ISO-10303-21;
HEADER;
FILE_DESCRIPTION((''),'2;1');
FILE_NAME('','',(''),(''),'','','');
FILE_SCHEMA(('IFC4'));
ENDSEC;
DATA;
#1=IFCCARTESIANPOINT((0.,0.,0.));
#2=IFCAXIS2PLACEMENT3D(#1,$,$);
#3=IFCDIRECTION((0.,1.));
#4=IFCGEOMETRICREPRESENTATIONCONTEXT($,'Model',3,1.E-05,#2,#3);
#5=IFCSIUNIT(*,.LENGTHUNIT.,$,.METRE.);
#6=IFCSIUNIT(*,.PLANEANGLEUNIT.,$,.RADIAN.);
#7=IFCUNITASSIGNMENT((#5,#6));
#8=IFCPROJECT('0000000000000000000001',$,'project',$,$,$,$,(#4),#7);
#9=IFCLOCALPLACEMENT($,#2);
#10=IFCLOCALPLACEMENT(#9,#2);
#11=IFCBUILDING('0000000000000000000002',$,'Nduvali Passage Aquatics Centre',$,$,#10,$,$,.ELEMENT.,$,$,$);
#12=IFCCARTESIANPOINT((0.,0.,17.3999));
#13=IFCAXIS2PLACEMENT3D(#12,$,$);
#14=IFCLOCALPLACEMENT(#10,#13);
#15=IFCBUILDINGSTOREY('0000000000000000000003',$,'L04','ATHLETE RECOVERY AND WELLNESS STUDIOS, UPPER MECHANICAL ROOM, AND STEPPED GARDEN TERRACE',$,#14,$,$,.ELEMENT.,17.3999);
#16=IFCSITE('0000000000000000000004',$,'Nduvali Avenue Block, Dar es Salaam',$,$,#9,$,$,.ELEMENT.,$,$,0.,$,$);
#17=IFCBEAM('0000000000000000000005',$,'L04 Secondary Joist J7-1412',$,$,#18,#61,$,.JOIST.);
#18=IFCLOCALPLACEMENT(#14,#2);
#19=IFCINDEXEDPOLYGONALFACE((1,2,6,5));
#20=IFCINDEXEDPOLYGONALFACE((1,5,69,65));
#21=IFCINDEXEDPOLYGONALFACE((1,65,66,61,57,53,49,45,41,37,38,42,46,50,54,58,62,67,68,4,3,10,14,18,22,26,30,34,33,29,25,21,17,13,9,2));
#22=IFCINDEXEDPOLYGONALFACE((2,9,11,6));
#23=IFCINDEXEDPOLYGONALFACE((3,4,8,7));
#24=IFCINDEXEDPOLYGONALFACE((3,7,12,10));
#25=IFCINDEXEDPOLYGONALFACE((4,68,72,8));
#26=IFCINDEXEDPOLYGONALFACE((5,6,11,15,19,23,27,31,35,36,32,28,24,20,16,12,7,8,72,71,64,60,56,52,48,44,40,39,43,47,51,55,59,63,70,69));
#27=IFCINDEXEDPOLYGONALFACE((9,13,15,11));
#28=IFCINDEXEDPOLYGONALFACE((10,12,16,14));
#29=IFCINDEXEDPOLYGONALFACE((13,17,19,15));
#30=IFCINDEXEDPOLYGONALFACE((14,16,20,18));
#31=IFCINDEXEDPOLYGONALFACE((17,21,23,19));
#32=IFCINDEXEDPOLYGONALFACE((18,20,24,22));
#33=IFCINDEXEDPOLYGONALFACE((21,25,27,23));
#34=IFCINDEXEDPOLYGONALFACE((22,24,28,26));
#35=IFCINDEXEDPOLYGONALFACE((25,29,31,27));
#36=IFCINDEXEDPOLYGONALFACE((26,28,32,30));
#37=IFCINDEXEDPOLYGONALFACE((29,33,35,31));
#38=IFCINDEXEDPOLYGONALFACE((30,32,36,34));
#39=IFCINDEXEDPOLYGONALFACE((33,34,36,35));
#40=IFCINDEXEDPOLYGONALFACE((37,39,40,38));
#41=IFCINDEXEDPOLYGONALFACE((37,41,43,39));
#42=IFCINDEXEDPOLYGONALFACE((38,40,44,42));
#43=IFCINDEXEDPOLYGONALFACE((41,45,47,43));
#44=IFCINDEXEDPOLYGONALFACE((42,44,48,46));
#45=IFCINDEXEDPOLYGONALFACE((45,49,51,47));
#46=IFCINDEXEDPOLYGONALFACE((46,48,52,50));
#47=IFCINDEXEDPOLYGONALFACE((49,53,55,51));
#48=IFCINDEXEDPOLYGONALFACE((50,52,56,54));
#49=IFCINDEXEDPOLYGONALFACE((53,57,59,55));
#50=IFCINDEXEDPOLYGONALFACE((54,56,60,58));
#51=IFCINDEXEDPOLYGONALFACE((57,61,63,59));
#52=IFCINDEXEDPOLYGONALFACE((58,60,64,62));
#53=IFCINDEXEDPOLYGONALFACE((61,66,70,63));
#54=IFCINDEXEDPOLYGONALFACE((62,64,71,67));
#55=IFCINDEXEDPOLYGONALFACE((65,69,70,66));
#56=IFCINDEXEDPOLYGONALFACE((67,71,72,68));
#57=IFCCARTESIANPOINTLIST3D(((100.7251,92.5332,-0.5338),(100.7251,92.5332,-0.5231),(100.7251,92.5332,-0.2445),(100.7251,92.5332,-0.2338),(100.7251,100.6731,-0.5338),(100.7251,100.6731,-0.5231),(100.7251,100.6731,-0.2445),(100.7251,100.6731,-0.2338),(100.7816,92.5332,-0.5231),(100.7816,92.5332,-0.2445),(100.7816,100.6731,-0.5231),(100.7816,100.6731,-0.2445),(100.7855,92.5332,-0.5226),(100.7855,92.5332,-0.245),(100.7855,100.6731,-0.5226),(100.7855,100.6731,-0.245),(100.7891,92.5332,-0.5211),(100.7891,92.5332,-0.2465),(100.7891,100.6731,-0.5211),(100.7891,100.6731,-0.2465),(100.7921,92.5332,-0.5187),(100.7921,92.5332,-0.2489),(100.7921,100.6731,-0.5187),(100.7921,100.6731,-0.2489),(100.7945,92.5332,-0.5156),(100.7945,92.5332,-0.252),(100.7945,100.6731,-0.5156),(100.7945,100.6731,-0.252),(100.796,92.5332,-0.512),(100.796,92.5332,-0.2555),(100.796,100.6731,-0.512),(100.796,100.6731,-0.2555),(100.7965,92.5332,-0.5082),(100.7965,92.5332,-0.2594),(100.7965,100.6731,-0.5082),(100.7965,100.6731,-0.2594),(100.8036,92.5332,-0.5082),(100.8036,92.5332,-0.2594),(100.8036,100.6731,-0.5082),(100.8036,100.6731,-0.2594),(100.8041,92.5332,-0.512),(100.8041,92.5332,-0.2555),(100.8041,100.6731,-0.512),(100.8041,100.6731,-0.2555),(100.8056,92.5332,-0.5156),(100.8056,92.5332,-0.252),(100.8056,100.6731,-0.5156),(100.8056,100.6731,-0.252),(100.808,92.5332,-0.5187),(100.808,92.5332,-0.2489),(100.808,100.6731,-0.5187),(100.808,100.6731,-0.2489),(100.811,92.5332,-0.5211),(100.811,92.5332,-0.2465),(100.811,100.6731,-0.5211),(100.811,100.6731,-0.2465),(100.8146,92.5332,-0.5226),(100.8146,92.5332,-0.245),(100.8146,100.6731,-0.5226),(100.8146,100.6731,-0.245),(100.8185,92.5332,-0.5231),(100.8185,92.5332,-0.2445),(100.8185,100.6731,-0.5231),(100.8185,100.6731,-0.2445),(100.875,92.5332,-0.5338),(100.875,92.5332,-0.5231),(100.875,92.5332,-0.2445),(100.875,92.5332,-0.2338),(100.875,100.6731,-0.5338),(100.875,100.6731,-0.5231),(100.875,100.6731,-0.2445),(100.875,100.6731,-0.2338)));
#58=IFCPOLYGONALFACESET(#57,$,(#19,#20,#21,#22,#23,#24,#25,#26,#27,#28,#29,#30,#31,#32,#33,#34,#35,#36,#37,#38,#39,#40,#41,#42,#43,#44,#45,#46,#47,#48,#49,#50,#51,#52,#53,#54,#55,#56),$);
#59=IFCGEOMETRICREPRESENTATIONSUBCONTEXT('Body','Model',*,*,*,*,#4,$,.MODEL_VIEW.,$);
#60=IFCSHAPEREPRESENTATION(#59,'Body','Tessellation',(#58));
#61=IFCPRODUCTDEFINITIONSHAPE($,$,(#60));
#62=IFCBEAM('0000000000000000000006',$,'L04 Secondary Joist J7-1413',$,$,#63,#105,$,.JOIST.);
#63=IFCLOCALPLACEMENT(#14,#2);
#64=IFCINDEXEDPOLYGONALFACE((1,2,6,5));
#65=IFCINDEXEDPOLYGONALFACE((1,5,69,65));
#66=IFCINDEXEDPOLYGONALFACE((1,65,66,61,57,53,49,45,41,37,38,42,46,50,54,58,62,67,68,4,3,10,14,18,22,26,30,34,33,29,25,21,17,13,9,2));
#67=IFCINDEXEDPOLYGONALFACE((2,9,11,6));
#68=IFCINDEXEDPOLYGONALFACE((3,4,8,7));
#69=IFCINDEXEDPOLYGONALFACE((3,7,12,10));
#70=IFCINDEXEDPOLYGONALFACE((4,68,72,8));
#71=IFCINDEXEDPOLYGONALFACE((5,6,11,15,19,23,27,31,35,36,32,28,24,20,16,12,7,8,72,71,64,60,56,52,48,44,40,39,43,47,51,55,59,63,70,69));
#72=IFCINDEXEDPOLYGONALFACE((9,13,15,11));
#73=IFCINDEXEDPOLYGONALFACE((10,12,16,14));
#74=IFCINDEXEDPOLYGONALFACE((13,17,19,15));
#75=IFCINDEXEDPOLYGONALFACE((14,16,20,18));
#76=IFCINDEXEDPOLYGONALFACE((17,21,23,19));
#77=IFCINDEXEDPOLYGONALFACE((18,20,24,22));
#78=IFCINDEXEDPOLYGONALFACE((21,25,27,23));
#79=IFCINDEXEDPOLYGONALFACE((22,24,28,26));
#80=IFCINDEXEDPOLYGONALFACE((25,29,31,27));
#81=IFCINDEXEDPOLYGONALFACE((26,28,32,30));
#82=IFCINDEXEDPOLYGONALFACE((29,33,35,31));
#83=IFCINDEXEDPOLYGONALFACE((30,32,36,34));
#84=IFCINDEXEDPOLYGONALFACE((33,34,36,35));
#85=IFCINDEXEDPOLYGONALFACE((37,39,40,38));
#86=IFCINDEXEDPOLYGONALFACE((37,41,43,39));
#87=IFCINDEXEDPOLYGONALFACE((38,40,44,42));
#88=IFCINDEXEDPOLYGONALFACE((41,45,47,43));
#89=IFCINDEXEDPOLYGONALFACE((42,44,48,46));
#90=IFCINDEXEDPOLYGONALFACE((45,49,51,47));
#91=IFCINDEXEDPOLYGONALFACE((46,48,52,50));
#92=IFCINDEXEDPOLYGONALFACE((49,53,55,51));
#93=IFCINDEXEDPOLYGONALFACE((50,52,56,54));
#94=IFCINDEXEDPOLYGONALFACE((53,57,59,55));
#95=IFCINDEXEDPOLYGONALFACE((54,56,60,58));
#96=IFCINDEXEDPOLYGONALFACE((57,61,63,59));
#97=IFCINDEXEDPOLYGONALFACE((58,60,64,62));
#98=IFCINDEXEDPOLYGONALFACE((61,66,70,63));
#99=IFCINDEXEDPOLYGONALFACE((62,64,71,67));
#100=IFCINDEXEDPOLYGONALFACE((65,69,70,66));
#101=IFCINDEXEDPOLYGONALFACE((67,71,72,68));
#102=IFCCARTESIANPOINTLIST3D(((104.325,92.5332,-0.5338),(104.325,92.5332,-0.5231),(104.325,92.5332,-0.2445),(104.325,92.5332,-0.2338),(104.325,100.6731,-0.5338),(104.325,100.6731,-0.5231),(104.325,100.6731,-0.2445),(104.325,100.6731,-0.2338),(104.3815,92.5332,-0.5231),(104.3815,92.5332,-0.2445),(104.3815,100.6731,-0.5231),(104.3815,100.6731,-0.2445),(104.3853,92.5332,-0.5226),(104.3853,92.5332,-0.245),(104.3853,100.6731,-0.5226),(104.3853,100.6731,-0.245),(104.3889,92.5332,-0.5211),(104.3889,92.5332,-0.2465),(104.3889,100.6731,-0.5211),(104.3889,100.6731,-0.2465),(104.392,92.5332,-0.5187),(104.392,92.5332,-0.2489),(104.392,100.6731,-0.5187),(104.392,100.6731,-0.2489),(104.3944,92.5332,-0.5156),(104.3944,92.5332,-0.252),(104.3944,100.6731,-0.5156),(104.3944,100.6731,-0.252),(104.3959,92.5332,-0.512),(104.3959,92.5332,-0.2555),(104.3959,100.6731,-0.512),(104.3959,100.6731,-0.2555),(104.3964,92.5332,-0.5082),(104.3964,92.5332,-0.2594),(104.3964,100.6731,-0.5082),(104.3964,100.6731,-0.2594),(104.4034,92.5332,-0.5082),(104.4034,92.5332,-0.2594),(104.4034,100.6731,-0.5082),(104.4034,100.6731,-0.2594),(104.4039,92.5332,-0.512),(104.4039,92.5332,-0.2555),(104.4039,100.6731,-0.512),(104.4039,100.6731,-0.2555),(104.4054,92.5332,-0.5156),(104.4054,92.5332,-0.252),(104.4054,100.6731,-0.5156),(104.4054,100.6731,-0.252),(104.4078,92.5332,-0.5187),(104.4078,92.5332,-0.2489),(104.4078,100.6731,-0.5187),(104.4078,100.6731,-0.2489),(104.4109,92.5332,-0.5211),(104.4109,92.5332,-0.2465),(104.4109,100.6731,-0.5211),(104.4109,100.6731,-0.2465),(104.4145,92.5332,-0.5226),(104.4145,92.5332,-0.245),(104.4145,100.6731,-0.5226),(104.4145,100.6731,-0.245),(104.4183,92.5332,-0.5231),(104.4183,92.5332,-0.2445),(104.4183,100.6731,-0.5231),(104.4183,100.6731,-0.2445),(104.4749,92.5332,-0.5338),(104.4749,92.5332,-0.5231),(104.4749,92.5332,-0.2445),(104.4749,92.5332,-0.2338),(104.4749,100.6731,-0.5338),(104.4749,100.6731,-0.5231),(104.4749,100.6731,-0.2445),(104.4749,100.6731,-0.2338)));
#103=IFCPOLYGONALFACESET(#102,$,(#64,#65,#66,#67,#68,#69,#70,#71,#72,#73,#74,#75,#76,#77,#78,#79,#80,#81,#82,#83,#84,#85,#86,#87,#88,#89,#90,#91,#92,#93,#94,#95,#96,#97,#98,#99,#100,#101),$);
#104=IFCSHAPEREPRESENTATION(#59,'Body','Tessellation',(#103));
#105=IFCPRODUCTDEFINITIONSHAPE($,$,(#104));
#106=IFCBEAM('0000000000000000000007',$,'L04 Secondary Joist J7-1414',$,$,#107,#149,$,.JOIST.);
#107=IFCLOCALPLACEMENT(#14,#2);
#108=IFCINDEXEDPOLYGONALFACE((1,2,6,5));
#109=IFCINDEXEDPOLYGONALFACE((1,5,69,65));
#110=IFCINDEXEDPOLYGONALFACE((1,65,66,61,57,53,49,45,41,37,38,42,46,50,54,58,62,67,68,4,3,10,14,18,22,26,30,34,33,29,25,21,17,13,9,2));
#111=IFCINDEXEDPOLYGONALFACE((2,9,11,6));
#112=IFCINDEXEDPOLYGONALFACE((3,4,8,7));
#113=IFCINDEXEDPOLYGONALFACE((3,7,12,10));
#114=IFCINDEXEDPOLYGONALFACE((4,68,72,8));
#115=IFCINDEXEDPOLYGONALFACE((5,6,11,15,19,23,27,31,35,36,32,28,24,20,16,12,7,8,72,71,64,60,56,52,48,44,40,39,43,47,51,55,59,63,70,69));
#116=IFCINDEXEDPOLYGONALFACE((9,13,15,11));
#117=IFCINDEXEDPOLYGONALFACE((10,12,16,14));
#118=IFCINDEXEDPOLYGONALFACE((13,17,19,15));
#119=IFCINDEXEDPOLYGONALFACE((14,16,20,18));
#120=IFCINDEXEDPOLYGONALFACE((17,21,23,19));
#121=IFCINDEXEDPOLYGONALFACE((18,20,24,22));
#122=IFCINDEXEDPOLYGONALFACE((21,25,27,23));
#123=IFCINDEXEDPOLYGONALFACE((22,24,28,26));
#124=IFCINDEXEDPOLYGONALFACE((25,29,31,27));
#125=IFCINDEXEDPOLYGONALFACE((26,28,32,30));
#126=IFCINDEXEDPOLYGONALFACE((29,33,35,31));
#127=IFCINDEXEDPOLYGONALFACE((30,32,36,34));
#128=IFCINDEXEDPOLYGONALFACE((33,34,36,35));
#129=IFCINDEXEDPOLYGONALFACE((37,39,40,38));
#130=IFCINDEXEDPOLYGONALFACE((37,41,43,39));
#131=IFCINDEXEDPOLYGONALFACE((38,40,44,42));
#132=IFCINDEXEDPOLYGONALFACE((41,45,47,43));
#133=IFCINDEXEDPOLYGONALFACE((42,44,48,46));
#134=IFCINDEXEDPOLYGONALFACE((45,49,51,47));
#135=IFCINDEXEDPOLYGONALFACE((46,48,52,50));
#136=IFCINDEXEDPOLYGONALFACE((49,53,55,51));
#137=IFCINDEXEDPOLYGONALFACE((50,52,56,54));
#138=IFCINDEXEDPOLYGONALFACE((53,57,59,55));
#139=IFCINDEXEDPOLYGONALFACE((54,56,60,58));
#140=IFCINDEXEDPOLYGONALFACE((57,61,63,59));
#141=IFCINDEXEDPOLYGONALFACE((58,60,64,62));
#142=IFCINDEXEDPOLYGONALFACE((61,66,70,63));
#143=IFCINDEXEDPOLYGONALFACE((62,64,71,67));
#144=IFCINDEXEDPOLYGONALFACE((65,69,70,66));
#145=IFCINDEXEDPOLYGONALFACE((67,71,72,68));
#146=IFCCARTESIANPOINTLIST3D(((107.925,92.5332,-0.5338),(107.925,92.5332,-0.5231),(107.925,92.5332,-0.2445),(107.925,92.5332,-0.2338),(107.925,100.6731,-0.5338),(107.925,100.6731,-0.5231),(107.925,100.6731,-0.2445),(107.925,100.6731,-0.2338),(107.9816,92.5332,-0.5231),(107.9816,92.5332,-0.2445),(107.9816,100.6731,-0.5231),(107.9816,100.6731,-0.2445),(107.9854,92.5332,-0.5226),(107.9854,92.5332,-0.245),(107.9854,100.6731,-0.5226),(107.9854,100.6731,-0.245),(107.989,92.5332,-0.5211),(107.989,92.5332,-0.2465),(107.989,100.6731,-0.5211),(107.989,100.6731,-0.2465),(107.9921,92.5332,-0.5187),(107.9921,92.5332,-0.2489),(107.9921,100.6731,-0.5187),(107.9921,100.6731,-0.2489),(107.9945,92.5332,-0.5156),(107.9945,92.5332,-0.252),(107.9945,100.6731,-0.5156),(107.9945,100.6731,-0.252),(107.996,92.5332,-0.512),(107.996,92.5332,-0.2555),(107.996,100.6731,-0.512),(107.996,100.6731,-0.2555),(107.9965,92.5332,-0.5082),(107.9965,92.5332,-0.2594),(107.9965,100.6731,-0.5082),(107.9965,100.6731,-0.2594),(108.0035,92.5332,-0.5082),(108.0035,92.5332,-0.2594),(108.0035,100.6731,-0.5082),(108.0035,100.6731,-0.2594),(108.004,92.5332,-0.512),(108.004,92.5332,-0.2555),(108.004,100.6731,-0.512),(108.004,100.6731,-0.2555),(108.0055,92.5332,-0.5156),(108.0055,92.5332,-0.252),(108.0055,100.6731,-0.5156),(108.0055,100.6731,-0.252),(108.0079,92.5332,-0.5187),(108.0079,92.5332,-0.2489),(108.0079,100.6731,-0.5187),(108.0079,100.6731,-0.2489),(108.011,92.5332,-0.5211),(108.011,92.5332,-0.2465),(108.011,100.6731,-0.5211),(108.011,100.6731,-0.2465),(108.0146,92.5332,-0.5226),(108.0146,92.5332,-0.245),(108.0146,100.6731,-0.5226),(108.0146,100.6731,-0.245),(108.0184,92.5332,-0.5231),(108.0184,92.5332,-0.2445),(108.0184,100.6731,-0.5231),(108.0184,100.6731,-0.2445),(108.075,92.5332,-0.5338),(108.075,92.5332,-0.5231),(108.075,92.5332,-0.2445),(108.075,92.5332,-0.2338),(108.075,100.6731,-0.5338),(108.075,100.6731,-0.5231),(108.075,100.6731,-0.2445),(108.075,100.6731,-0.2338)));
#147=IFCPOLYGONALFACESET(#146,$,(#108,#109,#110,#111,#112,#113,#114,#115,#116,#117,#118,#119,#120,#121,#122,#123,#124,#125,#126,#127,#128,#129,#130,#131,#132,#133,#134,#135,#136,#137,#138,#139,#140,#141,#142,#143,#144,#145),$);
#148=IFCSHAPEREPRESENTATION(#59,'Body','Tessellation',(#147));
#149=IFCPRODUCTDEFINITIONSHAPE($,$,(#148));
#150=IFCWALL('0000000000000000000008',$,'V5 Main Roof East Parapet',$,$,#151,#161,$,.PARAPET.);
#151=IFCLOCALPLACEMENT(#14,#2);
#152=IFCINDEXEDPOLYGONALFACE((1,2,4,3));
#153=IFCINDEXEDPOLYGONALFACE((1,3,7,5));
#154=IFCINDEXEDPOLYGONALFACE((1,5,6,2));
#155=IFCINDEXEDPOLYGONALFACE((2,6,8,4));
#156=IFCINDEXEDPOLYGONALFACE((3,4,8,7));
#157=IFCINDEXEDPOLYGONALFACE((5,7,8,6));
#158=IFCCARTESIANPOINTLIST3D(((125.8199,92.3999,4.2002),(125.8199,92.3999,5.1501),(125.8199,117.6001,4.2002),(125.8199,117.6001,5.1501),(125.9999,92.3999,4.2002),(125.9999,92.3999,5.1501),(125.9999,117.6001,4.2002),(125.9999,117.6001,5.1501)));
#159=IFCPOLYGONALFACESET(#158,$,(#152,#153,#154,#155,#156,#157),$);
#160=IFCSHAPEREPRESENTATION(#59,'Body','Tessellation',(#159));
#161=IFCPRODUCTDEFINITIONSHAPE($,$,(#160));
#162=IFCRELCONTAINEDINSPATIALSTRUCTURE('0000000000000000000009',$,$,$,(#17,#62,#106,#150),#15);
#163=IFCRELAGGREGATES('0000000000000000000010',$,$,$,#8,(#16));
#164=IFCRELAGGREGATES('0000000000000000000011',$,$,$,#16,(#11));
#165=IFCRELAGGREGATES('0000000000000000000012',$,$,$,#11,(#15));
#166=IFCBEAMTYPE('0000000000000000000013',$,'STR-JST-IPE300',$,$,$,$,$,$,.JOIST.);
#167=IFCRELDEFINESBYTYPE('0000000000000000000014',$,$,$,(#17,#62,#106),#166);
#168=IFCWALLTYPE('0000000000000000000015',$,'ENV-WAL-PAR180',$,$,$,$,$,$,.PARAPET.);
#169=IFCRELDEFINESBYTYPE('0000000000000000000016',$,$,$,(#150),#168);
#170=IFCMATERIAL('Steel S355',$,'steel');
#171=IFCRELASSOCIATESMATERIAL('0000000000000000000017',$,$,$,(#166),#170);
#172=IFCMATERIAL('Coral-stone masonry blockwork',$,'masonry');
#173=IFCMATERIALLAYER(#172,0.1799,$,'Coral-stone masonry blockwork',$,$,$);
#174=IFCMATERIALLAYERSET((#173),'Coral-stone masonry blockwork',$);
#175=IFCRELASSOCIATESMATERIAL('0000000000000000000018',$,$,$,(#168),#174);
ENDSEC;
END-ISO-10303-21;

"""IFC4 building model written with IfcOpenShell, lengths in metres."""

from ifc_helpers import new_model, si_unit, direction, frame, frame_2d, origin, origin_2d, place, context, subcontext, project, spatial, rectangle, i_section, extrude, material, layer, layer_set, material_profile, profile_set, type_object, element, save


model = new_model("IFC4")

# Units and contexts
model_context = context("Model", 3, precision=1e-05, world=origin(), true_north=direction((0.0, 1.0)))
body_context = subcontext(model_context, "Body", "Model", "MODEL_VIEW")
ifc_project = project(units=[si_unit("LENGTHUNIT", "METRE"), si_unit("PLANEANGLEUNIT", "RADIAN")], contexts=[model_context])

# Site, building, storey
site_placement = place(None, origin())
site = spatial("IfcSite", under=ifc_project, at=site_placement, Name="Nduvali Avenue Block, Dar es Salaam", CompositionType="ELEMENT", RefElevation=0.0)
building_placement = place(site_placement, origin())
building = spatial("IfcBuilding", under=site, at=building_placement, Name="Nduvali Passage Aquatics Centre", CompositionType="ELEMENT")
storey_placement = place(building_placement, frame((0.0, 0.0, 17.3999)))
storey = spatial("IfcBuildingStorey", under=building, at=storey_placement, Name="L04", Description="ATHLETE RECOVERY AND WELLNESS STUDIOS, UPPER MECHANICAL ROOM, AND STEPPED GARDEN TERRACE", CompositionType="ELEMENT", Elevation=17.3999)

# Beams
ifc_material_1 = material(Name="Steel S355", Category="steel")
ifc_material_profile_1 = material_profile(ifc_material_1, i_section(OverallWidth=0.1499, OverallDepth=0.3, WebThickness=0.0071, FlangeThickness=0.0107, FilletRadius=0.0149, at=origin_2d()), Name="IPE 300")
ifc_profile_set_1 = profile_set([ifc_material_profile_1], Name="Steel S355")
beam_type_1 = type_object("IfcBeamType", Name="STR-JST-IPE300", PredefinedType="JOIST", material=ifc_profile_set_1)
for number, where, z_axis, x_axis, name in (
    (1, (100.8, 92.5332, -0.3838), (0.0, 1.0, 0.0), (-1.0, 0.0, 0.0), "L04 Secondary Joist J7-1412"),
    (2, (104.3999, 92.5332, -0.3838), (0.0, 1.0, 0.0), (-1.0, 0.0, 0.0), "L04 Secondary Joist J7-1413"),
    (3, (108.0, 92.5332, -0.3838), (0.0, 1.0, 0.0), (-1.0, 0.0, 0.0), "L04 Secondary Joist J7-1414"),
):
    element("IfcBeam", number, at=place(storey_placement, frame(where, z_axis=z_axis, x_axis=x_axis)), inside=storey, type_object=beam_type_1, Name=name, PredefinedType="JOIST", context=body_context, shape_type="SweptSolid", body=[
        extrude(i_section(OverallWidth=0.1499, OverallDepth=0.3, WebThickness=0.0071, FlangeThickness=0.0107, FilletRadius=0.0149, at=origin_2d()), origin(), (0.0, 0.0, 1.0), 8.1399),
    ])

# Wall
ifc_material_2 = material(Name="Coral-stone masonry blockwork", Category="masonry")
ifc_layer_1 = layer(ifc_material_2, 0.1799, Name="Coral-stone masonry blockwork")
ifc_layer_set_1 = layer_set([ifc_layer_1], Name="Coral-stone masonry blockwork")
wall_type_1 = type_object("IfcWallType", Name="ENV-WAL-PAR180", PredefinedType="PARAPET", material=ifc_layer_set_1)
wall_1_placement = place(storey_placement, frame((125.9099, 92.3999, 4.2002), z_axis=(0.0, 0.0, 1.0), x_axis=(0.0, 1.0, 0.0)))
element("IfcWall", 4, at=wall_1_placement, inside=storey, type_object=wall_type_1, Name="V5 Main Roof East Parapet", PredefinedType="PARAPET", context=body_context, shape_type="SweptSolid", body=[
    extrude(rectangle(XDim=25.2002, YDim=0.1799, at=frame_2d((12.6001, 0.0))), origin(), (0.0, 0.0, 1.0), 0.95),
])

save(model, "model.ifc")
